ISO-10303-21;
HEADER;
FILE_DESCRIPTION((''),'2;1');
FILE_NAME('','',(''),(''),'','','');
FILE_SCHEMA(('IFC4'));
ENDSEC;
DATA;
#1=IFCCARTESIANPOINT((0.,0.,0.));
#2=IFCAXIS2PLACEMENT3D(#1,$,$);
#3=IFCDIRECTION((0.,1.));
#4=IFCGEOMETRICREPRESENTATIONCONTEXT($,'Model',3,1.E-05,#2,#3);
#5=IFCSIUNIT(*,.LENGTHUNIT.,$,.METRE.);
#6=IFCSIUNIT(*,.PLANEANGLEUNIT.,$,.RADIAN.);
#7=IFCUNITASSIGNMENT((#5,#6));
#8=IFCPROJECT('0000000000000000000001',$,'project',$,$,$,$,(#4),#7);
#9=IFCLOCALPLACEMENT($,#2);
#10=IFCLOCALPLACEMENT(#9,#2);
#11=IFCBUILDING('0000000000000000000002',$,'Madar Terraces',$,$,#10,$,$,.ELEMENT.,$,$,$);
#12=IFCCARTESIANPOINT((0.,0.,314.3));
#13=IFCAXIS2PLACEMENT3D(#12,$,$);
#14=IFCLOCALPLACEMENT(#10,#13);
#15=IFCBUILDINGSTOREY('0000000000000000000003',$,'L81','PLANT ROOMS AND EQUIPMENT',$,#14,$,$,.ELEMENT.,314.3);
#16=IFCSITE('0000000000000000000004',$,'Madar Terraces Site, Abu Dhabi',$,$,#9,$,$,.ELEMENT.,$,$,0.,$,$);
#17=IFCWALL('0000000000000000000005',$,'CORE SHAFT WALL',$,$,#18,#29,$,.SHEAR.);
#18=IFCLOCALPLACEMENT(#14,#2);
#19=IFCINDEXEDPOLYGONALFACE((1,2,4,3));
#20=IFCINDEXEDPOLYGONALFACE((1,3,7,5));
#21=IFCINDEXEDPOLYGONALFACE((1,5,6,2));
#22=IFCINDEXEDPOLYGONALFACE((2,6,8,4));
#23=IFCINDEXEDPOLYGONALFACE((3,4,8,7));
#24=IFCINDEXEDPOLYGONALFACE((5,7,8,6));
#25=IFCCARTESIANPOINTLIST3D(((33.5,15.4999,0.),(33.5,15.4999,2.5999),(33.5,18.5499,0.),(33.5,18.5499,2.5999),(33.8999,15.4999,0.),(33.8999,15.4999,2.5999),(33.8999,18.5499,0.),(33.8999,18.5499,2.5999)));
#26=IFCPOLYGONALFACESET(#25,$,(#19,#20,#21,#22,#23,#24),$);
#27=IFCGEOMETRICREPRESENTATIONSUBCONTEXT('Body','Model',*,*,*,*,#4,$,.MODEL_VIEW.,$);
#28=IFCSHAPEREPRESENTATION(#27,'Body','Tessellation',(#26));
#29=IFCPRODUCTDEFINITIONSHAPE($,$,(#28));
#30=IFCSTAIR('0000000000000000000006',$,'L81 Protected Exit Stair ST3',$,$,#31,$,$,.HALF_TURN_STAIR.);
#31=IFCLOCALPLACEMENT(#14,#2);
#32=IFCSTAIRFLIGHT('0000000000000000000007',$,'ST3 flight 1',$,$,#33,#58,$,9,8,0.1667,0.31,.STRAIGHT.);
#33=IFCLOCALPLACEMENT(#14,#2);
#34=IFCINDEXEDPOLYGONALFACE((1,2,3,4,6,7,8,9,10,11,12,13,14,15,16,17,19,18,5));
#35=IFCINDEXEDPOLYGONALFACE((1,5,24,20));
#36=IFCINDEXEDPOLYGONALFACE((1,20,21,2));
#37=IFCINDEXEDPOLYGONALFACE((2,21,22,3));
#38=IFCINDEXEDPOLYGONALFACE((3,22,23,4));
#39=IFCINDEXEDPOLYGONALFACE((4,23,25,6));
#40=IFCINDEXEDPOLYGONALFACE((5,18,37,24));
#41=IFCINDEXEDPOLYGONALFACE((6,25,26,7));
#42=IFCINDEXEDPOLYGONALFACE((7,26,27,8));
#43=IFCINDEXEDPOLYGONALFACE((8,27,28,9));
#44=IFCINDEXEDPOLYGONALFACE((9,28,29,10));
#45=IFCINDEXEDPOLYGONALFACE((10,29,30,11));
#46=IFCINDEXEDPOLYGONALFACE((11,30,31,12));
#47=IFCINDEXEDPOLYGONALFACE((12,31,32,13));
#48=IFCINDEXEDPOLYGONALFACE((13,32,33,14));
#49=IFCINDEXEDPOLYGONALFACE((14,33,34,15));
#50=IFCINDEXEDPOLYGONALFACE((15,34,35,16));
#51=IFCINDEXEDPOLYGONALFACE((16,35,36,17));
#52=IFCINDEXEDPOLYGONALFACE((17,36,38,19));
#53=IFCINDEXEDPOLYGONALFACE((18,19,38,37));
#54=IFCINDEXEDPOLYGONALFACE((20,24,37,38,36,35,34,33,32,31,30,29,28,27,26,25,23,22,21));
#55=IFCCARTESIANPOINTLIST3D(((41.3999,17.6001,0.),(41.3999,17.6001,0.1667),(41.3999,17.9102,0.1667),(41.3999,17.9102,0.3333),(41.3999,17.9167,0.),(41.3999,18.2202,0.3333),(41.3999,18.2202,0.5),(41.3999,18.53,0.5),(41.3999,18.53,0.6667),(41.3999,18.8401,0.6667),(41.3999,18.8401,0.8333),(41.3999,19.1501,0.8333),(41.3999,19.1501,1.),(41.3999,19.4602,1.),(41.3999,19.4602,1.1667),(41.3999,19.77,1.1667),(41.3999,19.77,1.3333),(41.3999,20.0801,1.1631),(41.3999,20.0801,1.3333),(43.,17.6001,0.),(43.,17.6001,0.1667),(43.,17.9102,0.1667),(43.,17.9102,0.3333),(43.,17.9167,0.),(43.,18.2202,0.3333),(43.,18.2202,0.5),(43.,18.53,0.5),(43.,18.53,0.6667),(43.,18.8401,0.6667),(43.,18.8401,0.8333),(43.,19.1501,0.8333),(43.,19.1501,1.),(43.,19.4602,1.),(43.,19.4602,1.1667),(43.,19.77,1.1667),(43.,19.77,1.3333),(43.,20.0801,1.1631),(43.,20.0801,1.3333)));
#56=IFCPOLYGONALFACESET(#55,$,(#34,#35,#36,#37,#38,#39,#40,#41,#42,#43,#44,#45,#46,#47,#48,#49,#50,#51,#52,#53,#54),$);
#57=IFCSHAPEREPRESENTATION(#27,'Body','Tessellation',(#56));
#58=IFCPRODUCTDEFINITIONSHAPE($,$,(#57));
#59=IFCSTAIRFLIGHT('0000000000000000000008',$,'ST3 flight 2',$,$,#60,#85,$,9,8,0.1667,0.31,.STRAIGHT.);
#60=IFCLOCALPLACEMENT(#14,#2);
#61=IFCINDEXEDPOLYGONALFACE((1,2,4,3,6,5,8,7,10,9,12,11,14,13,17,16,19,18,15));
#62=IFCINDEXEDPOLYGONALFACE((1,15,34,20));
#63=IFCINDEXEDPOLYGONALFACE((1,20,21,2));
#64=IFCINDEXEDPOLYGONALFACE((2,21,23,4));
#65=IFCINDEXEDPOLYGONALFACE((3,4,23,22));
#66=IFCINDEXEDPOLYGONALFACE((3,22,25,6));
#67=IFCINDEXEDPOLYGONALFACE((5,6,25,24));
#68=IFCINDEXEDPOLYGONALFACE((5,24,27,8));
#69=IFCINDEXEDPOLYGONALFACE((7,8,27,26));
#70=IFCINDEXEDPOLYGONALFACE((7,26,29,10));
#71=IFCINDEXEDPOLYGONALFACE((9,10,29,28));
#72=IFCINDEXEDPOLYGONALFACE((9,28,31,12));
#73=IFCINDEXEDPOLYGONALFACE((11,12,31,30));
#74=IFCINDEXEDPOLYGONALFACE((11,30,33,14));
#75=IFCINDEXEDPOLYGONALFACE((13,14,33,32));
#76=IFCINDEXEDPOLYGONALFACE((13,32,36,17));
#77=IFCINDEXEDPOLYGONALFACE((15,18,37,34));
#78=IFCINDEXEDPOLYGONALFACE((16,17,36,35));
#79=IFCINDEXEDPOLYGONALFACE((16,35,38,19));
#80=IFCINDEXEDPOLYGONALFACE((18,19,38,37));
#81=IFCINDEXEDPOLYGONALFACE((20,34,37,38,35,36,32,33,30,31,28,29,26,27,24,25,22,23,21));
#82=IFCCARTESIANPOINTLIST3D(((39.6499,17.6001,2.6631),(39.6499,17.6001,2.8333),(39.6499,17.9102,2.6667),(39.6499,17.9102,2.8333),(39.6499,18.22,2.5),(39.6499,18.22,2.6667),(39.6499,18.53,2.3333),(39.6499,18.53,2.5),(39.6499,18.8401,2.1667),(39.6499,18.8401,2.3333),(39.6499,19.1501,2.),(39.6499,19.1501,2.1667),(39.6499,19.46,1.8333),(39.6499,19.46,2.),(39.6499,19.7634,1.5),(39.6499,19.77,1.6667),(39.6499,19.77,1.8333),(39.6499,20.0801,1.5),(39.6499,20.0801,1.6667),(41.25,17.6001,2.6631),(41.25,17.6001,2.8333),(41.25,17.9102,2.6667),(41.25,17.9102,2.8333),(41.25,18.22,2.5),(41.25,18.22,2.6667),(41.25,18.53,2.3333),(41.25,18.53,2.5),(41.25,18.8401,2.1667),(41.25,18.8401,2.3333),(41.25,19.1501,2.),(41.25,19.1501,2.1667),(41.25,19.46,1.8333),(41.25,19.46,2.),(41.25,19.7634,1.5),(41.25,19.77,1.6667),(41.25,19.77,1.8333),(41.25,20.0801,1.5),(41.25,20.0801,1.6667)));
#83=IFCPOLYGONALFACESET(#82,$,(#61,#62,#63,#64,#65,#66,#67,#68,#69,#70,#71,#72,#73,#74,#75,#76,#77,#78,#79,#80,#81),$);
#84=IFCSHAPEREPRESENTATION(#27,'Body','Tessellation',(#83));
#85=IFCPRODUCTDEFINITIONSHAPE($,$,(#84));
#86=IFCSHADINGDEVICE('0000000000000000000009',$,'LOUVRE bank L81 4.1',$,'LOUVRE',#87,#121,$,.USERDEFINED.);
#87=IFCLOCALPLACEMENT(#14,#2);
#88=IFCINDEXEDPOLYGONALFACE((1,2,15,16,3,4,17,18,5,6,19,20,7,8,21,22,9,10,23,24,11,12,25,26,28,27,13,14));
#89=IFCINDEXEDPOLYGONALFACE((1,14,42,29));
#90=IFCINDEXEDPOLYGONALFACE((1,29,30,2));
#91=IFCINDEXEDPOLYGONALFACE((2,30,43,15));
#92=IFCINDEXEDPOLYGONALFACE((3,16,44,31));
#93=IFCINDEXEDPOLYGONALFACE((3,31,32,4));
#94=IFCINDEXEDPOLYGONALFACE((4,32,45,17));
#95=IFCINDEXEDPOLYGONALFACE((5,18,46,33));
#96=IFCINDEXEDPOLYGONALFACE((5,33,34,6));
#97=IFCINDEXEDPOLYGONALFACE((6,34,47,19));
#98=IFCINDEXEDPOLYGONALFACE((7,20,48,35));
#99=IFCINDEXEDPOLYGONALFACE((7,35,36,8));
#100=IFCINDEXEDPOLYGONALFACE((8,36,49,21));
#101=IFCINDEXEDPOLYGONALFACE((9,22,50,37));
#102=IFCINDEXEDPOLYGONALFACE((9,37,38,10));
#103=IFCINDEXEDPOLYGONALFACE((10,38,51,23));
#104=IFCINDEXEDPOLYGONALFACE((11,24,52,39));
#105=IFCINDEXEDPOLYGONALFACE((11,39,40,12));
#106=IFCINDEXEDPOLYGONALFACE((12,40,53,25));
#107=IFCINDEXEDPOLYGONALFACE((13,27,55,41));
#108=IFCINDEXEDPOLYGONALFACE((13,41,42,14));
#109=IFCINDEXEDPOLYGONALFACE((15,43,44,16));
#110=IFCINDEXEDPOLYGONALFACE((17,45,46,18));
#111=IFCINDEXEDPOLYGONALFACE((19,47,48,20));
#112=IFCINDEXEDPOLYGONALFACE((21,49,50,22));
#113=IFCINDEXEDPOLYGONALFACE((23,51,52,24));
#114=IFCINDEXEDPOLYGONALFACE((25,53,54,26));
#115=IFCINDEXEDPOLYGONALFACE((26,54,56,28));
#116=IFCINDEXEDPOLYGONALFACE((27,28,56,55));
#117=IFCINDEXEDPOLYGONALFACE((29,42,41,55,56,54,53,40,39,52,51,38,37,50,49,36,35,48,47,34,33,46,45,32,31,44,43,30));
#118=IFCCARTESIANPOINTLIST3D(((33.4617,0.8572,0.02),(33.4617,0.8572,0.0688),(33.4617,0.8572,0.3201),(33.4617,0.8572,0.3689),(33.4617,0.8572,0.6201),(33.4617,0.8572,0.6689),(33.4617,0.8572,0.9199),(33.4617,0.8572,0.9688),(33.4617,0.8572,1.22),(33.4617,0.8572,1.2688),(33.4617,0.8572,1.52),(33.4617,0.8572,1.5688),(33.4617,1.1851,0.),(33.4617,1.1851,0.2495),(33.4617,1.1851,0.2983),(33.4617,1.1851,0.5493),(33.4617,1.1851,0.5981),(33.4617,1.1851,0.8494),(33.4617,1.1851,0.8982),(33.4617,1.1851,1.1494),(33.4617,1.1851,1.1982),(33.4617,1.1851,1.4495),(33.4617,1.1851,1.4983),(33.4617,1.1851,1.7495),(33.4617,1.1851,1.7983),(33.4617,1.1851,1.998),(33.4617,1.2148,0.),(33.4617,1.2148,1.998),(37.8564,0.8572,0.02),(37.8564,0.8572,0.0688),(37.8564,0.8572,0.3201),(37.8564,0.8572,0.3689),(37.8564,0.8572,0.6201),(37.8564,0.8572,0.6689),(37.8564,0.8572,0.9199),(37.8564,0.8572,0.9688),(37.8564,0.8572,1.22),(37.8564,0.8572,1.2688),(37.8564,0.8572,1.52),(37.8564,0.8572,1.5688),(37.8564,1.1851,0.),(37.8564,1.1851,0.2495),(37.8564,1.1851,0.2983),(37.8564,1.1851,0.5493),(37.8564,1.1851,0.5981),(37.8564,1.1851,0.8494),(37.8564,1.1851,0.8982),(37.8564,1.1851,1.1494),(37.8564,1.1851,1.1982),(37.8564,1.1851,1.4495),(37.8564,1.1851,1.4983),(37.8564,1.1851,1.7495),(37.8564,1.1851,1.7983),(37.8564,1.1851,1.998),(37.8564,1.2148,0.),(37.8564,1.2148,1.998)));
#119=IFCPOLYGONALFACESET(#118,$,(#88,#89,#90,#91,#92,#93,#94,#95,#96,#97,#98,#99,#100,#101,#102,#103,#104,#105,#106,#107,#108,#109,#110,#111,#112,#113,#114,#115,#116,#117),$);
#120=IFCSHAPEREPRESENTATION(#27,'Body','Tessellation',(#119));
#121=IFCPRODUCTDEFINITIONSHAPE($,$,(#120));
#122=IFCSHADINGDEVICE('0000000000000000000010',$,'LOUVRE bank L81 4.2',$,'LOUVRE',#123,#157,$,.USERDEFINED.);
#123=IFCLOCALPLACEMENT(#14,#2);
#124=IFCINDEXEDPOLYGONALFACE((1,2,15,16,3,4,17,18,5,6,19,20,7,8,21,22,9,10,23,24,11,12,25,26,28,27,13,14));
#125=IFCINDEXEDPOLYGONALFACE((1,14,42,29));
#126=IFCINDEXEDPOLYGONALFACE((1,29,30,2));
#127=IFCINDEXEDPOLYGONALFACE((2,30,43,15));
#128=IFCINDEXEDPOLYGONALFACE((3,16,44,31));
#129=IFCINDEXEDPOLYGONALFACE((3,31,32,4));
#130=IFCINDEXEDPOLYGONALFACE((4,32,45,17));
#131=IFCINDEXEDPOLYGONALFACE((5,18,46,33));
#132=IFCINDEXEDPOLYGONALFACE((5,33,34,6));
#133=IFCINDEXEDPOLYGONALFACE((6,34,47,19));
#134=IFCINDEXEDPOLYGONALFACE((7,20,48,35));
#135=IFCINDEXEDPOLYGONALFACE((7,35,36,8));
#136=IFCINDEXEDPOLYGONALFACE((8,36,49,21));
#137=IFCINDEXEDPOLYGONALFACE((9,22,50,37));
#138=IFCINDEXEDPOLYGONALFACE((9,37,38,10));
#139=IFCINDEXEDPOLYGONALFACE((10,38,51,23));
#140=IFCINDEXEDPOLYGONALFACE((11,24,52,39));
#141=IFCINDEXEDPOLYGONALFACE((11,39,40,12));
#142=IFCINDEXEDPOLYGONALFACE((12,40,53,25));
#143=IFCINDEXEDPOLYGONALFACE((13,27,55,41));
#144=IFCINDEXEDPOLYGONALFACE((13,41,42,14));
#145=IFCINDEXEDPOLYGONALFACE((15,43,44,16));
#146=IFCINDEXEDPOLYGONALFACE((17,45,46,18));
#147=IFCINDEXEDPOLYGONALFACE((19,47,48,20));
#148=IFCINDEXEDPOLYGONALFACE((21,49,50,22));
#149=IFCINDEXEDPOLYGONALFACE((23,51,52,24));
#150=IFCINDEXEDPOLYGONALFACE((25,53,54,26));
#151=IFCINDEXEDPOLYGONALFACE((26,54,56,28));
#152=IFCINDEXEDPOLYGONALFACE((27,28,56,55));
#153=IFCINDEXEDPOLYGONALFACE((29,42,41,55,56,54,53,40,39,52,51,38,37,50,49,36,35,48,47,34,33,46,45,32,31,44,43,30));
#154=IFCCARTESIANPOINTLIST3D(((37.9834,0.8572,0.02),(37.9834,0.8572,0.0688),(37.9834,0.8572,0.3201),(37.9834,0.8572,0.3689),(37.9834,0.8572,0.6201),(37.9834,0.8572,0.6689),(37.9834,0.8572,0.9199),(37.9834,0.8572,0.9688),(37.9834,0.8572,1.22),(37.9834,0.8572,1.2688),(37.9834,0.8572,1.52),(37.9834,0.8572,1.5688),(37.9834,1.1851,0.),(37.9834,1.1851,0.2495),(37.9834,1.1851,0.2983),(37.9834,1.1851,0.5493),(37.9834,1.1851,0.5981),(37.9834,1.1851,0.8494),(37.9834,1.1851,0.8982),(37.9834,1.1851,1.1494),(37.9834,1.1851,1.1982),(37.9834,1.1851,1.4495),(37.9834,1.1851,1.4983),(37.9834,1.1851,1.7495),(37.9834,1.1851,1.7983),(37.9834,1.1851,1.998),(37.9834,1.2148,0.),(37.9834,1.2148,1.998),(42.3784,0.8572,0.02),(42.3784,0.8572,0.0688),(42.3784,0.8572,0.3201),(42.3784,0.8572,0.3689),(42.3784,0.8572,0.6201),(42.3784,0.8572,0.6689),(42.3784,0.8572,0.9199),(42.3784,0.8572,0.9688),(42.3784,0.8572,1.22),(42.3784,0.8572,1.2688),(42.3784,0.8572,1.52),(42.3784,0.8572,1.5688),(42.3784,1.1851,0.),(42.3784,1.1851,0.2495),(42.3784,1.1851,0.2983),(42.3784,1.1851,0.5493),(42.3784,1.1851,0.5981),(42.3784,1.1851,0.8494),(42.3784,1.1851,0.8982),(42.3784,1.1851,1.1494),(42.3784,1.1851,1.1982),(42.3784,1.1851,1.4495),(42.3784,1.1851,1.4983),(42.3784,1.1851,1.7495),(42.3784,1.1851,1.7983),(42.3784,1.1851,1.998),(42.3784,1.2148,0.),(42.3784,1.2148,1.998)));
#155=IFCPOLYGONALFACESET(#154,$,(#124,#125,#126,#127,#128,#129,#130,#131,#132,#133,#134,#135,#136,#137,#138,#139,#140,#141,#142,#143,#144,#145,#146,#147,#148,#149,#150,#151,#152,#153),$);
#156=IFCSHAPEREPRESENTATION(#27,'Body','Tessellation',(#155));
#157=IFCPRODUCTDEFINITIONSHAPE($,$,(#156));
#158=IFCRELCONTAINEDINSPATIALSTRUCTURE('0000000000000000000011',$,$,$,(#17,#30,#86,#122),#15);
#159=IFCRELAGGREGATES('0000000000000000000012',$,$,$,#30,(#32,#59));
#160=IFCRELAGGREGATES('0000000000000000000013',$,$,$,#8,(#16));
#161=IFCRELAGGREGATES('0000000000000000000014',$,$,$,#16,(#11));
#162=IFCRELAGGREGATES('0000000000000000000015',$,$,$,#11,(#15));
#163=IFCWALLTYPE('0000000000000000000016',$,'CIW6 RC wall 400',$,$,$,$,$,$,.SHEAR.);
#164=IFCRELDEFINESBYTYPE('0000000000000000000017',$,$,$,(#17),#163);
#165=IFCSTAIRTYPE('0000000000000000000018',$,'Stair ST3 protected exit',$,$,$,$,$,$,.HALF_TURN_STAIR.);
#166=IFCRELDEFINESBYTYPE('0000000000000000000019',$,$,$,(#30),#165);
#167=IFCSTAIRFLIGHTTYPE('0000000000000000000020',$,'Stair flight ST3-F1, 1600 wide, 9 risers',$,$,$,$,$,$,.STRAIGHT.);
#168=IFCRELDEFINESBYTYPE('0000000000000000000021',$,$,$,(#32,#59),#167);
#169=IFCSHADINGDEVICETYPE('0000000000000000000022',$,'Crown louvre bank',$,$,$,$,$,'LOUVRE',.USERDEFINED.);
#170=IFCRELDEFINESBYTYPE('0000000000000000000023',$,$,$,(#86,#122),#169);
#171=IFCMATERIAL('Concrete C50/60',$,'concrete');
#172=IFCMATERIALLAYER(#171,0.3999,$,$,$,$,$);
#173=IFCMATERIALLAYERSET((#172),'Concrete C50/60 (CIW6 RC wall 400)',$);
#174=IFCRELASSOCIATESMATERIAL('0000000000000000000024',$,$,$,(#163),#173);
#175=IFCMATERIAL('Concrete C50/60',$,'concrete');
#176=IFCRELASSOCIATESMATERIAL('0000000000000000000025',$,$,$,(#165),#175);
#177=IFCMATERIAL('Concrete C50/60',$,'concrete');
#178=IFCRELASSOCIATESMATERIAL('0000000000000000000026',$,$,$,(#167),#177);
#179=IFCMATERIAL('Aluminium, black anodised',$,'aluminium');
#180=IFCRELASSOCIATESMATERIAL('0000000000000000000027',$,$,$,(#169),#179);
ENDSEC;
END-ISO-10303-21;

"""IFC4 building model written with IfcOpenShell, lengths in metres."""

from ifc_helpers import new_model, si_unit, direction, frame, frame_2d, origin, place, context, subcontext, project, spatial, polyline, rectangle, outline, extrude, material, layer, layer_set, type_object, element, aggregate, save


model = new_model("IFC4")

# Units and contexts
model_context = context("Model", 3, precision=1e-05, world=origin(), true_north=direction((0.0, 1.0)))
body_context = subcontext(model_context, "Body", "Model", "MODEL_VIEW")
ifc_project = project(units=[si_unit("LENGTHUNIT", "METRE"), si_unit("PLANEANGLEUNIT", "RADIAN")], contexts=[model_context])

# Site, building, storey
site_placement = place(None, origin())
site = spatial("IfcSite", under=ifc_project, at=site_placement, Name="Madar Terraces Site, Abu Dhabi", CompositionType="ELEMENT", RefElevation=0.0)
building_placement = place(site_placement, origin())
building = spatial("IfcBuilding", under=site, at=building_placement, Name="Madar Terraces", CompositionType="ELEMENT")
storey_placement = place(building_placement, frame((0.0, 0.0, 314.3)))
storey = spatial("IfcBuildingStorey", under=building, at=storey_placement, Name="L81", Description="PLANT ROOMS AND EQUIPMENT", CompositionType="ELEMENT", Elevation=314.3)

# Shared definitions
ifc_material_1 = material(Name="Concrete C50/60", Category="concrete")
ifc_layer = layer(ifc_material_1, 0.3999)
ifc_layer_set = layer_set([ifc_layer], Name="Concrete C50/60 (CIW6 RC wall 400)")
wall_type = type_object("IfcWallType", Name="CIW6 RC wall 400", PredefinedType="SHEAR", material=ifc_layer_set)

# Wall
wall_1_placement = place(storey_placement, frame((33.7, 15.5, 0.0), z_axis=(0.0, 0.0, 1.0), x_axis=(0.0, 1.0, 0.0)))
element("IfcWall", 1, at=wall_1_placement, inside=storey, type_object=wall_type, Name="CORE SHAFT WALL", PredefinedType="SHEAR", context=body_context, shape_type="SweptSolid", body=[
    extrude(rectangle(XDim=3.05, YDim=0.3999, at=frame_2d((1.5249, 0.0))), origin(), (0.0, 0.0, 1.0), 2.5999),
])

# Stair, stair flights
ifc_material_2 = material(Name="Concrete C50/60", Category="concrete")
stair_type = type_object("IfcStairType", Name="Stair ST3 protected exit", PredefinedType="HALF_TURN_STAIR", material=ifc_material_2)
stair_placement = place(storey_placement, origin())
stair = element("IfcStair", 2, at=stair_placement, inside=storey, type_object=stair_type, Name="L81 Protected Exit Stair ST3", PredefinedType="HALF_TURN_STAIR")
ifc_material_3 = material(Name="Concrete C50/60", Category="concrete")
stair_flight_type = type_object("IfcStairFlightType", Name="Stair flight ST3-F1, 1600 wide, 9 risers", PredefinedType="STRAIGHT", material=ifc_material_3)
stair_flight_1_placement = place(storey_placement, frame((42.2, 17.6001, 0.0), z_axis=(0.0, 0.0, 1.0), x_axis=(0.0, 1.0, 0.0)))
stair_flight_1 = element("IfcStairFlight", 3, at=stair_flight_1_placement, type_object=stair_flight_type, Name="ST3 flight 1", NumberOfRisers=9, NumberOfTreads=8, PredefinedType="STRAIGHT", RiserHeight=0.1667, TreadLength=0.31, context=body_context, shape_type="SweptSolid", body=[
    extrude(outline(polyline([(0.0, 0.0), (0.0, 0.1667), (0.3101, 0.1667), (0.3101, 0.3333), (0.6201, 0.3333), (0.6201, 0.5), (0.9299, 0.5), (0.9299, 0.6667), (1.24, 0.6667), (1.24, 0.8333), (1.55, 0.8333), (1.55, 1.0), (1.8601, 1.0), (1.8601, 1.1667), (2.1699, 1.1667), (2.1699, 1.3333), (2.48, 1.3333), (2.48, 1.5), (2.48, 1.1631), (0.3167, 0.0), (0.0, 0.0)])), frame((0.0, 0.8, 0.0), z_axis=(0.0, -1.0, 0.0), x_axis=(1.0, 0.0, 0.0)), (0.0, 0.0, 1.0), 1.6001),
])
stair_flight_2_placement = place(storey_placement, frame((40.45, 20.0801, 1.5), z_axis=(0.0, 0.0, 1.0), x_axis=(0.0, -1.0, 0.0)))
stair_flight_2 = element("IfcStairFlight", 4, at=stair_flight_2_placement, type_object=stair_flight_type, Name="ST3 flight 2", NumberOfRisers=9, NumberOfTreads=8, PredefinedType="STRAIGHT", RiserHeight=0.1667, TreadLength=0.31, context=body_context, shape_type="SweptSolid", body=[
    extrude(outline(polyline([(0.0, 0.0), (0.0, 0.1667), (0.3101, 0.1667), (0.3101, 0.3333), (0.6201, 0.3333), (0.6201, 0.5), (0.9299, 0.5), (0.9299, 0.6667), (1.24, 0.6667), (1.24, 0.8333), (1.55, 0.8333), (1.55, 1.0), (1.8601, 1.0), (1.8601, 1.1667), (2.1699, 1.1667), (2.1699, 1.3333), (2.48, 1.3333), (2.48, 1.5), (2.48, 1.1631), (0.3167, 0.0), (0.0, 0.0)])), frame((0.0, 0.8, 0.0), z_axis=(0.0, -1.0, 0.0), x_axis=(1.0, 0.0, 0.0)), (0.0, 0.0, 1.0), 1.6001),
])
aggregate(stair, [stair_flight_1, stair_flight_2])

# Shading devices
ifc_material_4 = material(Name="Aluminium, black anodised", Category="aluminium")
shading_device_type = type_object("IfcShadingDeviceType", Name="Crown louvre bank", ElementType="LOUVRE", PredefinedType="USERDEFINED", material=ifc_material_4)
shading_device_1_placement = place(storey_placement, frame((33.4617, 1.2, 0.0), z_axis=(1.0, 0.0, 0.0), x_axis=(0.0, 1.0, 0.0)))
element("IfcShadingDevice", 5, at=shading_device_1_placement, inside=storey, type_object=shading_device_type, Name="LOUVRE bank L81 4.1", ObjectType="LOUVRE", PredefinedType="USERDEFINED", context=body_context, shape_type="SweptSolid", body=[
    extrude(outline(polyline([(0.0149, 0.0), (-0.0149, 0.0), (-0.0149, 0.2495), (-0.3428, 0.02), (-0.3428, 0.0688), (-0.0149, 0.2983), (-0.0149, 0.5493), (-0.3428, 0.3201), (-0.3428, 0.3689), (-0.0149, 0.5981), (-0.0149, 0.8494), (-0.3428, 0.6201), (-0.3428, 0.6689), (-0.0149, 0.8982), (-0.0149, 1.1494), (-0.3428, 0.9199), (-0.3428, 0.9688), (-0.0149, 1.1982), (-0.0149, 1.4495), (-0.3428, 1.22), (-0.3428, 1.2688), (-0.0149, 1.4983), (-0.0149, 1.7495), (-0.3428, 1.52), (-0.3428, 1.5688), (-0.0149, 1.7983), (-0.0149, 1.998), (0.0149, 1.998), (0.0149, 0.0)])), origin(), (0.0, 0.0, 1.0), 4.3948),
])
shading_device_2_placement = place(storey_placement, frame((37.9834, 1.2, 0.0), z_axis=(1.0, 0.0, 0.0), x_axis=(0.0, 1.0, 0.0)))
element("IfcShadingDevice", 6, at=shading_device_2_placement, inside=storey, type_object=shading_device_type, Name="LOUVRE bank L81 4.2", ObjectType="LOUVRE", PredefinedType="USERDEFINED", context=body_context, shape_type="SweptSolid", body=[
    extrude(outline(polyline([(0.0149, 0.0), (-0.0149, 0.0), (-0.0149, 0.2495), (-0.3428, 0.02), (-0.3428, 0.0688), (-0.0149, 0.2983), (-0.0149, 0.5493), (-0.3428, 0.3201), (-0.3428, 0.3689), (-0.0149, 0.5981), (-0.0149, 0.8494), (-0.3428, 0.6201), (-0.3428, 0.6689), (-0.0149, 0.8982), (-0.0149, 1.1494), (-0.3428, 0.9199), (-0.3428, 0.9688), (-0.0149, 1.1982), (-0.0149, 1.4495), (-0.3428, 1.22), (-0.3428, 1.2688), (-0.0149, 1.4983), (-0.0149, 1.7495), (-0.3428, 1.52), (-0.3428, 1.5688), (-0.0149, 1.7983), (-0.0149, 1.998), (0.0149, 1.998), (0.0149, 0.0)])), origin(), (0.0, 0.0, 1.0), 4.395),
])

save(model, "model.ifc")
